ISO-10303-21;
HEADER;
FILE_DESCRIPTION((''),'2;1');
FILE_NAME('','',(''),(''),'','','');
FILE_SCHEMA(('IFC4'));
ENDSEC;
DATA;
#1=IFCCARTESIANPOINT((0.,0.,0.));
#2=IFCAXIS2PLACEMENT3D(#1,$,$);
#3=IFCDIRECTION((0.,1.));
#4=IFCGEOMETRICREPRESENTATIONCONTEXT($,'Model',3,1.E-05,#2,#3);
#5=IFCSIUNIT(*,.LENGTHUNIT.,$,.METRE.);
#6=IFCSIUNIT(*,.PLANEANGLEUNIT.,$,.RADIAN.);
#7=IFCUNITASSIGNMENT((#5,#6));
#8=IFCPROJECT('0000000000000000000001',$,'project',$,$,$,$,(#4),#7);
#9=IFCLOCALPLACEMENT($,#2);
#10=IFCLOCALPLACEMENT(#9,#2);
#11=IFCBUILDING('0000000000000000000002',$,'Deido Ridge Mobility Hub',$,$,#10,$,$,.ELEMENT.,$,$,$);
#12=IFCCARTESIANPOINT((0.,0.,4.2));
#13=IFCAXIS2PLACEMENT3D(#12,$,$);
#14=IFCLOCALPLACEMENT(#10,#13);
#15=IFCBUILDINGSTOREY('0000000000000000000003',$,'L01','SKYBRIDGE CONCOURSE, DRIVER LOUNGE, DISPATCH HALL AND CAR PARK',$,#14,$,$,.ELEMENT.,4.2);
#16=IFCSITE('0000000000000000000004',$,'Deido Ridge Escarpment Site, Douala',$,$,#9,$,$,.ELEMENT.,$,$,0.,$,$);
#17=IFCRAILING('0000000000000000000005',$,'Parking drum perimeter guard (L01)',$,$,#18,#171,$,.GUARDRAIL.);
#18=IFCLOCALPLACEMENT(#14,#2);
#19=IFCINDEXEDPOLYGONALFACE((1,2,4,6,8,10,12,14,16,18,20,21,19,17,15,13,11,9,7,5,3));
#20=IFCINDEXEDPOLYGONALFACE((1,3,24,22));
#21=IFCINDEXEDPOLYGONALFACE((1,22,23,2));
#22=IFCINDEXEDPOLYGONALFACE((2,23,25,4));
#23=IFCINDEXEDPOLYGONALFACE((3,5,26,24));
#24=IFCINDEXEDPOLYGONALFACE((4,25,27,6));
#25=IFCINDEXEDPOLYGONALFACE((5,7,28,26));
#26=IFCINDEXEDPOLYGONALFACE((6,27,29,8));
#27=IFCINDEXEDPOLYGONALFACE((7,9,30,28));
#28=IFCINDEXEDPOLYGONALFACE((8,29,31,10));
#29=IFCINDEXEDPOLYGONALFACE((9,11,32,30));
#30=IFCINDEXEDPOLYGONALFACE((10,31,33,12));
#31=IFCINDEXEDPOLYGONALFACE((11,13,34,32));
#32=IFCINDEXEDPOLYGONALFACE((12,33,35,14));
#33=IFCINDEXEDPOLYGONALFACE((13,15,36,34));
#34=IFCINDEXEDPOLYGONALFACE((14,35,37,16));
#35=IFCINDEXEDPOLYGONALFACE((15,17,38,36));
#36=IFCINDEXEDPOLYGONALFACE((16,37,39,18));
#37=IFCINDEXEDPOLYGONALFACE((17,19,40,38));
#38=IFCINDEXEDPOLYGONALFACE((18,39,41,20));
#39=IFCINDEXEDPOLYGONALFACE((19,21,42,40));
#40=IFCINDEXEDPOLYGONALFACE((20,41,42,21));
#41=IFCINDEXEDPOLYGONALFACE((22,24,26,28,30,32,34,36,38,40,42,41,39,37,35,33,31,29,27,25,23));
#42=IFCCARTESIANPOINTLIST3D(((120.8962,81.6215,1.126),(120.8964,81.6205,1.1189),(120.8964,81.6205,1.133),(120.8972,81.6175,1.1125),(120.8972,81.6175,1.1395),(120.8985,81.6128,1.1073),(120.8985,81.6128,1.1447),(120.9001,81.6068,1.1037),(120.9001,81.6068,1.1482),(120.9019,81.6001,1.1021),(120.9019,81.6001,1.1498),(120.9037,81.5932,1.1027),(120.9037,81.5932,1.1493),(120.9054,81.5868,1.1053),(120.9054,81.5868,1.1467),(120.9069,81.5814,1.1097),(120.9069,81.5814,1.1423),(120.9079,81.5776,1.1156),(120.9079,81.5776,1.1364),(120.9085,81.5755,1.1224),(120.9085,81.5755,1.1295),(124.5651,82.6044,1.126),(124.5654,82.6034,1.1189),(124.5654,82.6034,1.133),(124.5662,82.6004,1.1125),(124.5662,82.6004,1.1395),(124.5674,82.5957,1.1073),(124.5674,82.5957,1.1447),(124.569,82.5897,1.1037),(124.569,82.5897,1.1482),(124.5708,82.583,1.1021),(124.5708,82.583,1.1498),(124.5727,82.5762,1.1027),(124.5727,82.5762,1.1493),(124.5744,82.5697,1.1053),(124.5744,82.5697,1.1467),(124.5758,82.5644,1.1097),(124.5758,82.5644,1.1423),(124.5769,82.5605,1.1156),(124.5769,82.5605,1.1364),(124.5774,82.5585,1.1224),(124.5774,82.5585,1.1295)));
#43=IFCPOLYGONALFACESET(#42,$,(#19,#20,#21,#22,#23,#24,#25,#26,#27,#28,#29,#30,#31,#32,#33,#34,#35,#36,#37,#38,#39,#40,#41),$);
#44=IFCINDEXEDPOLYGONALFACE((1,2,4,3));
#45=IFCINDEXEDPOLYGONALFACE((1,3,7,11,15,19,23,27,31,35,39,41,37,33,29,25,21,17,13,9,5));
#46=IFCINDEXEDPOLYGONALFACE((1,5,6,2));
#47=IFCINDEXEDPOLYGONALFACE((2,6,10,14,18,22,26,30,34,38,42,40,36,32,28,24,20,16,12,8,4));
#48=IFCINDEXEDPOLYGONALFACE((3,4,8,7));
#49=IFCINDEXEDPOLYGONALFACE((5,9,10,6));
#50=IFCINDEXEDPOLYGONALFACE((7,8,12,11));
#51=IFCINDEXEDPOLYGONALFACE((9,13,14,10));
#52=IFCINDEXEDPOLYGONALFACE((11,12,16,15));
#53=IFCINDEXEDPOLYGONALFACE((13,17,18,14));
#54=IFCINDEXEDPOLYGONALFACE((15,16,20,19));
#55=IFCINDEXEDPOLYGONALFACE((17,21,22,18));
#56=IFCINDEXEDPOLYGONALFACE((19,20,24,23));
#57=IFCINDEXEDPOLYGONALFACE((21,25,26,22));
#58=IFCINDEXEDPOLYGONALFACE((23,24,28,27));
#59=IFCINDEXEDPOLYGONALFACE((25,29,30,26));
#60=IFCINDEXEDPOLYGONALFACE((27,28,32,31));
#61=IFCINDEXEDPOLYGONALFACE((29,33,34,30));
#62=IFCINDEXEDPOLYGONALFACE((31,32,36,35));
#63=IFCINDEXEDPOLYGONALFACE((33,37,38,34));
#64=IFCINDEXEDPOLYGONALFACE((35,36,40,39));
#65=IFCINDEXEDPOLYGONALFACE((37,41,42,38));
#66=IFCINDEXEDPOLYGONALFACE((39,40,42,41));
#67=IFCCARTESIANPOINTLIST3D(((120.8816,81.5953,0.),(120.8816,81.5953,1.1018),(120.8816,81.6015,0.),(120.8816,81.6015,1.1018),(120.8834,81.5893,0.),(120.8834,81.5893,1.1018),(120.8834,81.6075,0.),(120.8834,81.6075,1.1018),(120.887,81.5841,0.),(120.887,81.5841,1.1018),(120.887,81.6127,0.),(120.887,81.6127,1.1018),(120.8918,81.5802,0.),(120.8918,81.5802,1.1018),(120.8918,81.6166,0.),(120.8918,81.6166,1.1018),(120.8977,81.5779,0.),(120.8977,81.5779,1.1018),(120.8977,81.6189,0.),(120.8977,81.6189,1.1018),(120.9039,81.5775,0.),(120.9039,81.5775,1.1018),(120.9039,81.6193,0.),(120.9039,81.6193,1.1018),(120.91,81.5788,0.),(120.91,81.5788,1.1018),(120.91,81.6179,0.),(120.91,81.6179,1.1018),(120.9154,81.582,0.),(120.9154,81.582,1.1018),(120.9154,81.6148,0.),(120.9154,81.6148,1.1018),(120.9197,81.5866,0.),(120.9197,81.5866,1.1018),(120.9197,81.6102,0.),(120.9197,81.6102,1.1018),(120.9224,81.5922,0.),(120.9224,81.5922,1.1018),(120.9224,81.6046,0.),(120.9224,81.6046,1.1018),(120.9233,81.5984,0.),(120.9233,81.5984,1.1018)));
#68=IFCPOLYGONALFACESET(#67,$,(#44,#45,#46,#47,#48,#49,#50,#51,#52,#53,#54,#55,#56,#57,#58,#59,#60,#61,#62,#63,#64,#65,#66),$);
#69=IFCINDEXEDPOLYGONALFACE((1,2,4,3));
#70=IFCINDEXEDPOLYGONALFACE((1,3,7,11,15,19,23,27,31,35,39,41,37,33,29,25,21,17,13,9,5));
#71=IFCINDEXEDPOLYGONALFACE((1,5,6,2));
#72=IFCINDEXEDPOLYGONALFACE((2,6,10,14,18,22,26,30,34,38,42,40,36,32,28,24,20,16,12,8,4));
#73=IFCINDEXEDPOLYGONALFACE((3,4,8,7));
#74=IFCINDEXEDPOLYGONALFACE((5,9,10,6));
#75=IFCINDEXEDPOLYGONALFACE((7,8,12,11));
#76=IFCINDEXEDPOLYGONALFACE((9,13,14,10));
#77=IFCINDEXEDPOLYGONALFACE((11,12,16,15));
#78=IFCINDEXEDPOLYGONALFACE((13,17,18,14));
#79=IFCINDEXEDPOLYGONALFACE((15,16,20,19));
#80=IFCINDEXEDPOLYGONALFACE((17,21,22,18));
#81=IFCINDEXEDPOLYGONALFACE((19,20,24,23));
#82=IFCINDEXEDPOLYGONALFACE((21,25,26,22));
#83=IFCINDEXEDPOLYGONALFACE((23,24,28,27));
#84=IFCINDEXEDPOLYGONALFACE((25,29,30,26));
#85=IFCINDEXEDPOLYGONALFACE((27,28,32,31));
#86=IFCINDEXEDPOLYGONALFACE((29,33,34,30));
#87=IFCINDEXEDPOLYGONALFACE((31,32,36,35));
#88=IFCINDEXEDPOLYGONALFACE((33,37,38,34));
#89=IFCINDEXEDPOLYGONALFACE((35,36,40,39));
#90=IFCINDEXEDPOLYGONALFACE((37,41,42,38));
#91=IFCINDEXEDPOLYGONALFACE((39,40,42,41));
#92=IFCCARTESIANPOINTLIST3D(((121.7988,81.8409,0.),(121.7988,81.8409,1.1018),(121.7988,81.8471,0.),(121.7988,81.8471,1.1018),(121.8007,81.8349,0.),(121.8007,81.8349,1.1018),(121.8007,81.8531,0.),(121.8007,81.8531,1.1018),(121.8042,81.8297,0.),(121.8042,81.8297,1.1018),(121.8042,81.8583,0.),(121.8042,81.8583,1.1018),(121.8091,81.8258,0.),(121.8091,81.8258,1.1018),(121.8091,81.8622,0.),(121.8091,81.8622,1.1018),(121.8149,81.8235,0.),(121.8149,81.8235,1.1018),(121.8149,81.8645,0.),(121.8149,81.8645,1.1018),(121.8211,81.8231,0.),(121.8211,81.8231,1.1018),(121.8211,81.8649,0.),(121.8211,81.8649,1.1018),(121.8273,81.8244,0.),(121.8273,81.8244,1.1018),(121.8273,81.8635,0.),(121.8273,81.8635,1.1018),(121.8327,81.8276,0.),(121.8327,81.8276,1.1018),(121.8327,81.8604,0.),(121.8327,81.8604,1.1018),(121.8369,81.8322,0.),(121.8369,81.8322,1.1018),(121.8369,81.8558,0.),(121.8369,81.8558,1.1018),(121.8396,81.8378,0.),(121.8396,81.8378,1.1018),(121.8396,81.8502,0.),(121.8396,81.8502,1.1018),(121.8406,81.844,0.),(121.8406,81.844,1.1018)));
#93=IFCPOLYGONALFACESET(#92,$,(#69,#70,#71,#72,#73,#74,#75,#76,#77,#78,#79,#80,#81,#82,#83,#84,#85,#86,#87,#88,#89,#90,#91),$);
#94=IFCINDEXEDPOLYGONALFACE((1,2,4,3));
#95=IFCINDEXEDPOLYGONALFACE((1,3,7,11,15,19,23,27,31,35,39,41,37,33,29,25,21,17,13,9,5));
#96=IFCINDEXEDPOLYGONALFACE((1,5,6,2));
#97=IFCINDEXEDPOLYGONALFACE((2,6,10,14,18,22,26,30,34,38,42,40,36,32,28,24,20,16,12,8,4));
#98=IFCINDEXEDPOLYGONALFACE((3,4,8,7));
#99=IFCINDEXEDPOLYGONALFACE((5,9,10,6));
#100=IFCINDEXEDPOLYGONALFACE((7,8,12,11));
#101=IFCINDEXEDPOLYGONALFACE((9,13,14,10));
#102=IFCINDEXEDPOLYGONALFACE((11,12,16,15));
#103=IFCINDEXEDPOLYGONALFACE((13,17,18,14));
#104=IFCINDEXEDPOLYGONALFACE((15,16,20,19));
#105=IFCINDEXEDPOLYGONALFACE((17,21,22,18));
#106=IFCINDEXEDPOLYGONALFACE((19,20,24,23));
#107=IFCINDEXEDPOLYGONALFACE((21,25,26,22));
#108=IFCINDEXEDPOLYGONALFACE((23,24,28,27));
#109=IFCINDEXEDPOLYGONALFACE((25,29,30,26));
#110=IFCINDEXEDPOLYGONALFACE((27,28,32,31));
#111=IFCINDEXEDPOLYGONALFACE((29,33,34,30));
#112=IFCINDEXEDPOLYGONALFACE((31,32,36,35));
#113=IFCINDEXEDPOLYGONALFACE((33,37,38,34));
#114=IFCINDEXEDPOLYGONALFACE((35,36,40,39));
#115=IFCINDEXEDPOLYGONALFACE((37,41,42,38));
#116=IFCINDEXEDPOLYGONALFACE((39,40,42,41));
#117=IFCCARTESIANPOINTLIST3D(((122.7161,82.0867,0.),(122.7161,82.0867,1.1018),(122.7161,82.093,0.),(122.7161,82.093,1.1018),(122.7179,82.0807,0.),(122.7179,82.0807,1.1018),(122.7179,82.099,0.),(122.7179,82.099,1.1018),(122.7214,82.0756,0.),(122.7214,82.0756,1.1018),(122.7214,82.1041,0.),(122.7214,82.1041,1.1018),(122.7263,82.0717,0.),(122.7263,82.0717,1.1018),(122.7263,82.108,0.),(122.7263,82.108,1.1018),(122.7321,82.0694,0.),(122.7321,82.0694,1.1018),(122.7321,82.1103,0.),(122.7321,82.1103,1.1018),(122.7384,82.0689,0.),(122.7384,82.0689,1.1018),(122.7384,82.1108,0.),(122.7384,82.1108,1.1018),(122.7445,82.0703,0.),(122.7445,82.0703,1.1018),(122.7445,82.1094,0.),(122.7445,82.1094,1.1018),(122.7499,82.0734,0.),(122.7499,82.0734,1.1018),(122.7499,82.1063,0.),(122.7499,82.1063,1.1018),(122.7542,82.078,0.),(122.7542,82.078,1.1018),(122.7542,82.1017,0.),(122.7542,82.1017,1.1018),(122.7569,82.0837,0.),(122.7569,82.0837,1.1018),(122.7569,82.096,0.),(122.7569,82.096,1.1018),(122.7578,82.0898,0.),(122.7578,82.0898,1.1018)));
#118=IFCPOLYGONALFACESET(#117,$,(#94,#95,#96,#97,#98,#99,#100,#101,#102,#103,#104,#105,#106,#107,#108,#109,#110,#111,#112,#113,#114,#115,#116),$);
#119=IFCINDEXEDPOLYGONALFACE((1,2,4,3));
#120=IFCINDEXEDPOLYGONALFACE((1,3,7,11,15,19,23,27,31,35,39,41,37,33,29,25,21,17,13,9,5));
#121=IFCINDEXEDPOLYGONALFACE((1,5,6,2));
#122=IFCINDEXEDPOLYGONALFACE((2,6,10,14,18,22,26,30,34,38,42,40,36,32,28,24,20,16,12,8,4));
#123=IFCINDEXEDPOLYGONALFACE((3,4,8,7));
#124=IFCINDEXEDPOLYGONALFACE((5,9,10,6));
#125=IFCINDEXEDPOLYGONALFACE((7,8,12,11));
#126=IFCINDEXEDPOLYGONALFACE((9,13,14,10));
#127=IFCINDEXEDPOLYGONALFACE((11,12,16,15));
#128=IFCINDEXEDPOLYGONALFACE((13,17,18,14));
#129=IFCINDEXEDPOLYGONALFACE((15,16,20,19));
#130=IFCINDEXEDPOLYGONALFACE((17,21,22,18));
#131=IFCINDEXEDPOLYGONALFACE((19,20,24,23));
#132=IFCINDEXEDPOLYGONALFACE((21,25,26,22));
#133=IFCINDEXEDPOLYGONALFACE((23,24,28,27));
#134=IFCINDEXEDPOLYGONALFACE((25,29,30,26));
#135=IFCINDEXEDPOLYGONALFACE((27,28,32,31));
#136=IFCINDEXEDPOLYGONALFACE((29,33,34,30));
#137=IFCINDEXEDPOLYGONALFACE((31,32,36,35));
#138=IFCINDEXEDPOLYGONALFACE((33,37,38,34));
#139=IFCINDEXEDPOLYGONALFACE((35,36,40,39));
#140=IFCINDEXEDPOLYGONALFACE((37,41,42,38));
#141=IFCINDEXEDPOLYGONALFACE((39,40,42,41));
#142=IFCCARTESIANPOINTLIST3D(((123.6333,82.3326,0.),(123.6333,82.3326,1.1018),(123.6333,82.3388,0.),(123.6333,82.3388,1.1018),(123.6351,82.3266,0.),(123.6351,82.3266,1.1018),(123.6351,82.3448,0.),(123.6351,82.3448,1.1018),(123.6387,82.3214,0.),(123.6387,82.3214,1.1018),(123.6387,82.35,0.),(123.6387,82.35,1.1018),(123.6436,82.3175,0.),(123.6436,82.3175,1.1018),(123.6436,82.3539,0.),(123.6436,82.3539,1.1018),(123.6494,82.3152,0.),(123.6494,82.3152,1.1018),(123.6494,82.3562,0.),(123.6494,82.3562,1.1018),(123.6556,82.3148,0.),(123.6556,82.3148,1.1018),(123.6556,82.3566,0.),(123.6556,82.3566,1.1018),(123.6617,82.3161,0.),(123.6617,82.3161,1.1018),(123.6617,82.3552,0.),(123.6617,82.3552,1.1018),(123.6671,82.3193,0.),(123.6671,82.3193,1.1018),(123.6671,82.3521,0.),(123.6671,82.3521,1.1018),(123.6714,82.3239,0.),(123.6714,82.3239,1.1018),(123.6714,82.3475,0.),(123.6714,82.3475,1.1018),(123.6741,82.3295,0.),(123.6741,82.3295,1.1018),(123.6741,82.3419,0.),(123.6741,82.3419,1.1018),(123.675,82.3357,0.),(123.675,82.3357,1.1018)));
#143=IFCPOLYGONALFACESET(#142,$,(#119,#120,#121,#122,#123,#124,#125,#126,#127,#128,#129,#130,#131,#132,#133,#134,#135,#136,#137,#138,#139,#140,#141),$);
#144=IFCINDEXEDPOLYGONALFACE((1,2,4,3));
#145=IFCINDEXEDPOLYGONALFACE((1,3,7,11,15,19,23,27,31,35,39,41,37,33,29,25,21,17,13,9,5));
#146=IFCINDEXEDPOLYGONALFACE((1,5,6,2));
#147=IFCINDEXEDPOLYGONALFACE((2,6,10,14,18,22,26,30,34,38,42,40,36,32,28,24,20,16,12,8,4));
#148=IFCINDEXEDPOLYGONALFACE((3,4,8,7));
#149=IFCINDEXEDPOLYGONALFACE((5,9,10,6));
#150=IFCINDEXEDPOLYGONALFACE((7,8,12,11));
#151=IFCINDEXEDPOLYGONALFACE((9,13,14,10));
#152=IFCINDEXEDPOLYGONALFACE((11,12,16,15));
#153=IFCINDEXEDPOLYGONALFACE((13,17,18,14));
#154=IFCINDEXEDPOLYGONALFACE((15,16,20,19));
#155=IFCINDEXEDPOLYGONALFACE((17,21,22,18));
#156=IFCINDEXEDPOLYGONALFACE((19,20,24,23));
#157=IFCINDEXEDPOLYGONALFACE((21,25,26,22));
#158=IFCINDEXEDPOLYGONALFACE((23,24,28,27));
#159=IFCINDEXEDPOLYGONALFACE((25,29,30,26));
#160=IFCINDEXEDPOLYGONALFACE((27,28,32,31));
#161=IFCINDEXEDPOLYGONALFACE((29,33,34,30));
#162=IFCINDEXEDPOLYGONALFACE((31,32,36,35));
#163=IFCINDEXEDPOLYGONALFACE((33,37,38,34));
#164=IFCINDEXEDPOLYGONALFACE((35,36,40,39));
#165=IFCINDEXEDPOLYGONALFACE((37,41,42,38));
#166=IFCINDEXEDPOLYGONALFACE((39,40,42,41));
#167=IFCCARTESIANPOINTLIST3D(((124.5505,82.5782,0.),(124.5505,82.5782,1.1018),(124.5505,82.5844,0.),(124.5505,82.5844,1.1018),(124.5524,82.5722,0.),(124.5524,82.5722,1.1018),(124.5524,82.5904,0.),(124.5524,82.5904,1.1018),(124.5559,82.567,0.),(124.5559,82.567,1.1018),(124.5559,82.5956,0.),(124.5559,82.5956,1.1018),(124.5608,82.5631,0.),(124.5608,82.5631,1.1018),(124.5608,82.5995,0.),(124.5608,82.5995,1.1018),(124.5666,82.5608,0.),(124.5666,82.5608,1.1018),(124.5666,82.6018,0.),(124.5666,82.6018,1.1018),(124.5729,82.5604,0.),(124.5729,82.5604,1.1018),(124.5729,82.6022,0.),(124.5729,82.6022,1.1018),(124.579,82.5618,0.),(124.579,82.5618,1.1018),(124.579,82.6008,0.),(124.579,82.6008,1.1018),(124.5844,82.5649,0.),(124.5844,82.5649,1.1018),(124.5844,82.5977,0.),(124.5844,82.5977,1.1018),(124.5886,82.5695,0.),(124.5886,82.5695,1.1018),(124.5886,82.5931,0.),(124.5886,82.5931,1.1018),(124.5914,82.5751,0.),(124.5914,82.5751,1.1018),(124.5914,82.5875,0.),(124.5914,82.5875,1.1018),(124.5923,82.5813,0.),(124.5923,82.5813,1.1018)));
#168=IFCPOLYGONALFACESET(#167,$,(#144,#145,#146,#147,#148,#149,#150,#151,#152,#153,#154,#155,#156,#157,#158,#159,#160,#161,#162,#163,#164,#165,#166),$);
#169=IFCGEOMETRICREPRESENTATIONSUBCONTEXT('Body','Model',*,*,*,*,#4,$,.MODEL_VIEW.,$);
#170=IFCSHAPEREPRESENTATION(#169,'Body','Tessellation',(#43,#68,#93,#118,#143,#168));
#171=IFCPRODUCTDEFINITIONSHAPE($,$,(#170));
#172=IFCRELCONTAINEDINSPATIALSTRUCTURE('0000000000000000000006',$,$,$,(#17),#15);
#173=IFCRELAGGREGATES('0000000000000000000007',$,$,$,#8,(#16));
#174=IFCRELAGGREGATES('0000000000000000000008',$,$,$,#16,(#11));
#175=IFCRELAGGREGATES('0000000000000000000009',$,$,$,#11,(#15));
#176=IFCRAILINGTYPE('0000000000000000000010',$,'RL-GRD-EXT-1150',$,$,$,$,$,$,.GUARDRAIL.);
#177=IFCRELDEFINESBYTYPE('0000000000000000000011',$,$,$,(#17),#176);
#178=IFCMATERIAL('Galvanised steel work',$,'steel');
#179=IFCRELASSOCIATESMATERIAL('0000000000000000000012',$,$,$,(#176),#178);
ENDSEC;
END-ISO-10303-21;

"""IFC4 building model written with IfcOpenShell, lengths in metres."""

from ifc_helpers import new_model, si_unit, direction, frame, origin, origin_2d, place, context, subcontext, project, spatial, circle, extrude, material, type_object, element, save


model = new_model("IFC4")

# Units and contexts
model_context = context("Model", 3, precision=1e-05, world=origin(), true_north=direction((0.0, 1.0)))
body_context = subcontext(model_context, "Body", "Model", "MODEL_VIEW")
ifc_project = project(units=[si_unit("LENGTHUNIT", "METRE"), si_unit("PLANEANGLEUNIT", "RADIAN")], contexts=[model_context])

# Site, building, storey
site_placement = place(None, origin())
site = spatial("IfcSite", under=ifc_project, at=site_placement, Name="Deido Ridge Escarpment Site, Douala", CompositionType="ELEMENT", RefElevation=0.0)
building_placement = place(site_placement, origin())
building = spatial("IfcBuilding", under=site, at=building_placement, Name="Deido Ridge Mobility Hub", CompositionType="ELEMENT")
storey_placement = place(building_placement, frame((0.0, 0.0, 4.2)))
storey = spatial("IfcBuildingStorey", under=building, at=storey_placement, Name="L01", Description="SKYBRIDGE CONCOURSE, DRIVER LOUNGE, DISPATCH HALL AND CAR PARK", CompositionType="ELEMENT", Elevation=4.2)

# Railing
ifc_material_1 = material(Name="Galvanised steel work", Category="steel")
railing_type = type_object("IfcRailingType", Name="RL-GRD-EXT-1150", PredefinedType="GUARDRAIL", material=ifc_material_1)
railing_1_placement = place(storey_placement, frame((120.9023, 81.5984, 0.0)))
element("IfcRailing", 1, at=railing_1_placement, inside=storey, type_object=railing_type, Name="Parking drum perimeter guard (L01)", PredefinedType="GUARDRAIL", context=body_context, shape_type="SweptSolid", body=[
    extrude(circle(Radius=0.0239, at=origin_2d()), frame((0.0, 0.0, 1.126), z_axis=(0.965938, 0.258775, 0.0), x_axis=(-0.258775, 0.965938, 0.0)), (0.0, 0.0, 1.0), 3.7983),
    extrude(circle(Radius=0.021, at=origin_2d()), origin(), (0.0, 0.0, 1.0), 1.1018),
    extrude(circle(Radius=0.021, at=origin_2d()), frame((0.9172, 0.2456, 0.0)), (0.0, 0.0, 1.0), 1.1018),
    extrude(circle(Radius=0.021, at=origin_2d()), frame((1.8345, 0.4915, 0.0)), (0.0, 0.0, 1.0), 1.1018),
    extrude(circle(Radius=0.021, at=origin_2d()), frame((2.7517, 0.7373, 0.0)), (0.0, 0.0, 1.0), 1.1018),
    extrude(circle(Radius=0.021, at=origin_2d()), frame((3.6689, 0.9829, 0.0)), (0.0, 0.0, 1.0), 1.1018),
])

save(model, "model.ifc")
